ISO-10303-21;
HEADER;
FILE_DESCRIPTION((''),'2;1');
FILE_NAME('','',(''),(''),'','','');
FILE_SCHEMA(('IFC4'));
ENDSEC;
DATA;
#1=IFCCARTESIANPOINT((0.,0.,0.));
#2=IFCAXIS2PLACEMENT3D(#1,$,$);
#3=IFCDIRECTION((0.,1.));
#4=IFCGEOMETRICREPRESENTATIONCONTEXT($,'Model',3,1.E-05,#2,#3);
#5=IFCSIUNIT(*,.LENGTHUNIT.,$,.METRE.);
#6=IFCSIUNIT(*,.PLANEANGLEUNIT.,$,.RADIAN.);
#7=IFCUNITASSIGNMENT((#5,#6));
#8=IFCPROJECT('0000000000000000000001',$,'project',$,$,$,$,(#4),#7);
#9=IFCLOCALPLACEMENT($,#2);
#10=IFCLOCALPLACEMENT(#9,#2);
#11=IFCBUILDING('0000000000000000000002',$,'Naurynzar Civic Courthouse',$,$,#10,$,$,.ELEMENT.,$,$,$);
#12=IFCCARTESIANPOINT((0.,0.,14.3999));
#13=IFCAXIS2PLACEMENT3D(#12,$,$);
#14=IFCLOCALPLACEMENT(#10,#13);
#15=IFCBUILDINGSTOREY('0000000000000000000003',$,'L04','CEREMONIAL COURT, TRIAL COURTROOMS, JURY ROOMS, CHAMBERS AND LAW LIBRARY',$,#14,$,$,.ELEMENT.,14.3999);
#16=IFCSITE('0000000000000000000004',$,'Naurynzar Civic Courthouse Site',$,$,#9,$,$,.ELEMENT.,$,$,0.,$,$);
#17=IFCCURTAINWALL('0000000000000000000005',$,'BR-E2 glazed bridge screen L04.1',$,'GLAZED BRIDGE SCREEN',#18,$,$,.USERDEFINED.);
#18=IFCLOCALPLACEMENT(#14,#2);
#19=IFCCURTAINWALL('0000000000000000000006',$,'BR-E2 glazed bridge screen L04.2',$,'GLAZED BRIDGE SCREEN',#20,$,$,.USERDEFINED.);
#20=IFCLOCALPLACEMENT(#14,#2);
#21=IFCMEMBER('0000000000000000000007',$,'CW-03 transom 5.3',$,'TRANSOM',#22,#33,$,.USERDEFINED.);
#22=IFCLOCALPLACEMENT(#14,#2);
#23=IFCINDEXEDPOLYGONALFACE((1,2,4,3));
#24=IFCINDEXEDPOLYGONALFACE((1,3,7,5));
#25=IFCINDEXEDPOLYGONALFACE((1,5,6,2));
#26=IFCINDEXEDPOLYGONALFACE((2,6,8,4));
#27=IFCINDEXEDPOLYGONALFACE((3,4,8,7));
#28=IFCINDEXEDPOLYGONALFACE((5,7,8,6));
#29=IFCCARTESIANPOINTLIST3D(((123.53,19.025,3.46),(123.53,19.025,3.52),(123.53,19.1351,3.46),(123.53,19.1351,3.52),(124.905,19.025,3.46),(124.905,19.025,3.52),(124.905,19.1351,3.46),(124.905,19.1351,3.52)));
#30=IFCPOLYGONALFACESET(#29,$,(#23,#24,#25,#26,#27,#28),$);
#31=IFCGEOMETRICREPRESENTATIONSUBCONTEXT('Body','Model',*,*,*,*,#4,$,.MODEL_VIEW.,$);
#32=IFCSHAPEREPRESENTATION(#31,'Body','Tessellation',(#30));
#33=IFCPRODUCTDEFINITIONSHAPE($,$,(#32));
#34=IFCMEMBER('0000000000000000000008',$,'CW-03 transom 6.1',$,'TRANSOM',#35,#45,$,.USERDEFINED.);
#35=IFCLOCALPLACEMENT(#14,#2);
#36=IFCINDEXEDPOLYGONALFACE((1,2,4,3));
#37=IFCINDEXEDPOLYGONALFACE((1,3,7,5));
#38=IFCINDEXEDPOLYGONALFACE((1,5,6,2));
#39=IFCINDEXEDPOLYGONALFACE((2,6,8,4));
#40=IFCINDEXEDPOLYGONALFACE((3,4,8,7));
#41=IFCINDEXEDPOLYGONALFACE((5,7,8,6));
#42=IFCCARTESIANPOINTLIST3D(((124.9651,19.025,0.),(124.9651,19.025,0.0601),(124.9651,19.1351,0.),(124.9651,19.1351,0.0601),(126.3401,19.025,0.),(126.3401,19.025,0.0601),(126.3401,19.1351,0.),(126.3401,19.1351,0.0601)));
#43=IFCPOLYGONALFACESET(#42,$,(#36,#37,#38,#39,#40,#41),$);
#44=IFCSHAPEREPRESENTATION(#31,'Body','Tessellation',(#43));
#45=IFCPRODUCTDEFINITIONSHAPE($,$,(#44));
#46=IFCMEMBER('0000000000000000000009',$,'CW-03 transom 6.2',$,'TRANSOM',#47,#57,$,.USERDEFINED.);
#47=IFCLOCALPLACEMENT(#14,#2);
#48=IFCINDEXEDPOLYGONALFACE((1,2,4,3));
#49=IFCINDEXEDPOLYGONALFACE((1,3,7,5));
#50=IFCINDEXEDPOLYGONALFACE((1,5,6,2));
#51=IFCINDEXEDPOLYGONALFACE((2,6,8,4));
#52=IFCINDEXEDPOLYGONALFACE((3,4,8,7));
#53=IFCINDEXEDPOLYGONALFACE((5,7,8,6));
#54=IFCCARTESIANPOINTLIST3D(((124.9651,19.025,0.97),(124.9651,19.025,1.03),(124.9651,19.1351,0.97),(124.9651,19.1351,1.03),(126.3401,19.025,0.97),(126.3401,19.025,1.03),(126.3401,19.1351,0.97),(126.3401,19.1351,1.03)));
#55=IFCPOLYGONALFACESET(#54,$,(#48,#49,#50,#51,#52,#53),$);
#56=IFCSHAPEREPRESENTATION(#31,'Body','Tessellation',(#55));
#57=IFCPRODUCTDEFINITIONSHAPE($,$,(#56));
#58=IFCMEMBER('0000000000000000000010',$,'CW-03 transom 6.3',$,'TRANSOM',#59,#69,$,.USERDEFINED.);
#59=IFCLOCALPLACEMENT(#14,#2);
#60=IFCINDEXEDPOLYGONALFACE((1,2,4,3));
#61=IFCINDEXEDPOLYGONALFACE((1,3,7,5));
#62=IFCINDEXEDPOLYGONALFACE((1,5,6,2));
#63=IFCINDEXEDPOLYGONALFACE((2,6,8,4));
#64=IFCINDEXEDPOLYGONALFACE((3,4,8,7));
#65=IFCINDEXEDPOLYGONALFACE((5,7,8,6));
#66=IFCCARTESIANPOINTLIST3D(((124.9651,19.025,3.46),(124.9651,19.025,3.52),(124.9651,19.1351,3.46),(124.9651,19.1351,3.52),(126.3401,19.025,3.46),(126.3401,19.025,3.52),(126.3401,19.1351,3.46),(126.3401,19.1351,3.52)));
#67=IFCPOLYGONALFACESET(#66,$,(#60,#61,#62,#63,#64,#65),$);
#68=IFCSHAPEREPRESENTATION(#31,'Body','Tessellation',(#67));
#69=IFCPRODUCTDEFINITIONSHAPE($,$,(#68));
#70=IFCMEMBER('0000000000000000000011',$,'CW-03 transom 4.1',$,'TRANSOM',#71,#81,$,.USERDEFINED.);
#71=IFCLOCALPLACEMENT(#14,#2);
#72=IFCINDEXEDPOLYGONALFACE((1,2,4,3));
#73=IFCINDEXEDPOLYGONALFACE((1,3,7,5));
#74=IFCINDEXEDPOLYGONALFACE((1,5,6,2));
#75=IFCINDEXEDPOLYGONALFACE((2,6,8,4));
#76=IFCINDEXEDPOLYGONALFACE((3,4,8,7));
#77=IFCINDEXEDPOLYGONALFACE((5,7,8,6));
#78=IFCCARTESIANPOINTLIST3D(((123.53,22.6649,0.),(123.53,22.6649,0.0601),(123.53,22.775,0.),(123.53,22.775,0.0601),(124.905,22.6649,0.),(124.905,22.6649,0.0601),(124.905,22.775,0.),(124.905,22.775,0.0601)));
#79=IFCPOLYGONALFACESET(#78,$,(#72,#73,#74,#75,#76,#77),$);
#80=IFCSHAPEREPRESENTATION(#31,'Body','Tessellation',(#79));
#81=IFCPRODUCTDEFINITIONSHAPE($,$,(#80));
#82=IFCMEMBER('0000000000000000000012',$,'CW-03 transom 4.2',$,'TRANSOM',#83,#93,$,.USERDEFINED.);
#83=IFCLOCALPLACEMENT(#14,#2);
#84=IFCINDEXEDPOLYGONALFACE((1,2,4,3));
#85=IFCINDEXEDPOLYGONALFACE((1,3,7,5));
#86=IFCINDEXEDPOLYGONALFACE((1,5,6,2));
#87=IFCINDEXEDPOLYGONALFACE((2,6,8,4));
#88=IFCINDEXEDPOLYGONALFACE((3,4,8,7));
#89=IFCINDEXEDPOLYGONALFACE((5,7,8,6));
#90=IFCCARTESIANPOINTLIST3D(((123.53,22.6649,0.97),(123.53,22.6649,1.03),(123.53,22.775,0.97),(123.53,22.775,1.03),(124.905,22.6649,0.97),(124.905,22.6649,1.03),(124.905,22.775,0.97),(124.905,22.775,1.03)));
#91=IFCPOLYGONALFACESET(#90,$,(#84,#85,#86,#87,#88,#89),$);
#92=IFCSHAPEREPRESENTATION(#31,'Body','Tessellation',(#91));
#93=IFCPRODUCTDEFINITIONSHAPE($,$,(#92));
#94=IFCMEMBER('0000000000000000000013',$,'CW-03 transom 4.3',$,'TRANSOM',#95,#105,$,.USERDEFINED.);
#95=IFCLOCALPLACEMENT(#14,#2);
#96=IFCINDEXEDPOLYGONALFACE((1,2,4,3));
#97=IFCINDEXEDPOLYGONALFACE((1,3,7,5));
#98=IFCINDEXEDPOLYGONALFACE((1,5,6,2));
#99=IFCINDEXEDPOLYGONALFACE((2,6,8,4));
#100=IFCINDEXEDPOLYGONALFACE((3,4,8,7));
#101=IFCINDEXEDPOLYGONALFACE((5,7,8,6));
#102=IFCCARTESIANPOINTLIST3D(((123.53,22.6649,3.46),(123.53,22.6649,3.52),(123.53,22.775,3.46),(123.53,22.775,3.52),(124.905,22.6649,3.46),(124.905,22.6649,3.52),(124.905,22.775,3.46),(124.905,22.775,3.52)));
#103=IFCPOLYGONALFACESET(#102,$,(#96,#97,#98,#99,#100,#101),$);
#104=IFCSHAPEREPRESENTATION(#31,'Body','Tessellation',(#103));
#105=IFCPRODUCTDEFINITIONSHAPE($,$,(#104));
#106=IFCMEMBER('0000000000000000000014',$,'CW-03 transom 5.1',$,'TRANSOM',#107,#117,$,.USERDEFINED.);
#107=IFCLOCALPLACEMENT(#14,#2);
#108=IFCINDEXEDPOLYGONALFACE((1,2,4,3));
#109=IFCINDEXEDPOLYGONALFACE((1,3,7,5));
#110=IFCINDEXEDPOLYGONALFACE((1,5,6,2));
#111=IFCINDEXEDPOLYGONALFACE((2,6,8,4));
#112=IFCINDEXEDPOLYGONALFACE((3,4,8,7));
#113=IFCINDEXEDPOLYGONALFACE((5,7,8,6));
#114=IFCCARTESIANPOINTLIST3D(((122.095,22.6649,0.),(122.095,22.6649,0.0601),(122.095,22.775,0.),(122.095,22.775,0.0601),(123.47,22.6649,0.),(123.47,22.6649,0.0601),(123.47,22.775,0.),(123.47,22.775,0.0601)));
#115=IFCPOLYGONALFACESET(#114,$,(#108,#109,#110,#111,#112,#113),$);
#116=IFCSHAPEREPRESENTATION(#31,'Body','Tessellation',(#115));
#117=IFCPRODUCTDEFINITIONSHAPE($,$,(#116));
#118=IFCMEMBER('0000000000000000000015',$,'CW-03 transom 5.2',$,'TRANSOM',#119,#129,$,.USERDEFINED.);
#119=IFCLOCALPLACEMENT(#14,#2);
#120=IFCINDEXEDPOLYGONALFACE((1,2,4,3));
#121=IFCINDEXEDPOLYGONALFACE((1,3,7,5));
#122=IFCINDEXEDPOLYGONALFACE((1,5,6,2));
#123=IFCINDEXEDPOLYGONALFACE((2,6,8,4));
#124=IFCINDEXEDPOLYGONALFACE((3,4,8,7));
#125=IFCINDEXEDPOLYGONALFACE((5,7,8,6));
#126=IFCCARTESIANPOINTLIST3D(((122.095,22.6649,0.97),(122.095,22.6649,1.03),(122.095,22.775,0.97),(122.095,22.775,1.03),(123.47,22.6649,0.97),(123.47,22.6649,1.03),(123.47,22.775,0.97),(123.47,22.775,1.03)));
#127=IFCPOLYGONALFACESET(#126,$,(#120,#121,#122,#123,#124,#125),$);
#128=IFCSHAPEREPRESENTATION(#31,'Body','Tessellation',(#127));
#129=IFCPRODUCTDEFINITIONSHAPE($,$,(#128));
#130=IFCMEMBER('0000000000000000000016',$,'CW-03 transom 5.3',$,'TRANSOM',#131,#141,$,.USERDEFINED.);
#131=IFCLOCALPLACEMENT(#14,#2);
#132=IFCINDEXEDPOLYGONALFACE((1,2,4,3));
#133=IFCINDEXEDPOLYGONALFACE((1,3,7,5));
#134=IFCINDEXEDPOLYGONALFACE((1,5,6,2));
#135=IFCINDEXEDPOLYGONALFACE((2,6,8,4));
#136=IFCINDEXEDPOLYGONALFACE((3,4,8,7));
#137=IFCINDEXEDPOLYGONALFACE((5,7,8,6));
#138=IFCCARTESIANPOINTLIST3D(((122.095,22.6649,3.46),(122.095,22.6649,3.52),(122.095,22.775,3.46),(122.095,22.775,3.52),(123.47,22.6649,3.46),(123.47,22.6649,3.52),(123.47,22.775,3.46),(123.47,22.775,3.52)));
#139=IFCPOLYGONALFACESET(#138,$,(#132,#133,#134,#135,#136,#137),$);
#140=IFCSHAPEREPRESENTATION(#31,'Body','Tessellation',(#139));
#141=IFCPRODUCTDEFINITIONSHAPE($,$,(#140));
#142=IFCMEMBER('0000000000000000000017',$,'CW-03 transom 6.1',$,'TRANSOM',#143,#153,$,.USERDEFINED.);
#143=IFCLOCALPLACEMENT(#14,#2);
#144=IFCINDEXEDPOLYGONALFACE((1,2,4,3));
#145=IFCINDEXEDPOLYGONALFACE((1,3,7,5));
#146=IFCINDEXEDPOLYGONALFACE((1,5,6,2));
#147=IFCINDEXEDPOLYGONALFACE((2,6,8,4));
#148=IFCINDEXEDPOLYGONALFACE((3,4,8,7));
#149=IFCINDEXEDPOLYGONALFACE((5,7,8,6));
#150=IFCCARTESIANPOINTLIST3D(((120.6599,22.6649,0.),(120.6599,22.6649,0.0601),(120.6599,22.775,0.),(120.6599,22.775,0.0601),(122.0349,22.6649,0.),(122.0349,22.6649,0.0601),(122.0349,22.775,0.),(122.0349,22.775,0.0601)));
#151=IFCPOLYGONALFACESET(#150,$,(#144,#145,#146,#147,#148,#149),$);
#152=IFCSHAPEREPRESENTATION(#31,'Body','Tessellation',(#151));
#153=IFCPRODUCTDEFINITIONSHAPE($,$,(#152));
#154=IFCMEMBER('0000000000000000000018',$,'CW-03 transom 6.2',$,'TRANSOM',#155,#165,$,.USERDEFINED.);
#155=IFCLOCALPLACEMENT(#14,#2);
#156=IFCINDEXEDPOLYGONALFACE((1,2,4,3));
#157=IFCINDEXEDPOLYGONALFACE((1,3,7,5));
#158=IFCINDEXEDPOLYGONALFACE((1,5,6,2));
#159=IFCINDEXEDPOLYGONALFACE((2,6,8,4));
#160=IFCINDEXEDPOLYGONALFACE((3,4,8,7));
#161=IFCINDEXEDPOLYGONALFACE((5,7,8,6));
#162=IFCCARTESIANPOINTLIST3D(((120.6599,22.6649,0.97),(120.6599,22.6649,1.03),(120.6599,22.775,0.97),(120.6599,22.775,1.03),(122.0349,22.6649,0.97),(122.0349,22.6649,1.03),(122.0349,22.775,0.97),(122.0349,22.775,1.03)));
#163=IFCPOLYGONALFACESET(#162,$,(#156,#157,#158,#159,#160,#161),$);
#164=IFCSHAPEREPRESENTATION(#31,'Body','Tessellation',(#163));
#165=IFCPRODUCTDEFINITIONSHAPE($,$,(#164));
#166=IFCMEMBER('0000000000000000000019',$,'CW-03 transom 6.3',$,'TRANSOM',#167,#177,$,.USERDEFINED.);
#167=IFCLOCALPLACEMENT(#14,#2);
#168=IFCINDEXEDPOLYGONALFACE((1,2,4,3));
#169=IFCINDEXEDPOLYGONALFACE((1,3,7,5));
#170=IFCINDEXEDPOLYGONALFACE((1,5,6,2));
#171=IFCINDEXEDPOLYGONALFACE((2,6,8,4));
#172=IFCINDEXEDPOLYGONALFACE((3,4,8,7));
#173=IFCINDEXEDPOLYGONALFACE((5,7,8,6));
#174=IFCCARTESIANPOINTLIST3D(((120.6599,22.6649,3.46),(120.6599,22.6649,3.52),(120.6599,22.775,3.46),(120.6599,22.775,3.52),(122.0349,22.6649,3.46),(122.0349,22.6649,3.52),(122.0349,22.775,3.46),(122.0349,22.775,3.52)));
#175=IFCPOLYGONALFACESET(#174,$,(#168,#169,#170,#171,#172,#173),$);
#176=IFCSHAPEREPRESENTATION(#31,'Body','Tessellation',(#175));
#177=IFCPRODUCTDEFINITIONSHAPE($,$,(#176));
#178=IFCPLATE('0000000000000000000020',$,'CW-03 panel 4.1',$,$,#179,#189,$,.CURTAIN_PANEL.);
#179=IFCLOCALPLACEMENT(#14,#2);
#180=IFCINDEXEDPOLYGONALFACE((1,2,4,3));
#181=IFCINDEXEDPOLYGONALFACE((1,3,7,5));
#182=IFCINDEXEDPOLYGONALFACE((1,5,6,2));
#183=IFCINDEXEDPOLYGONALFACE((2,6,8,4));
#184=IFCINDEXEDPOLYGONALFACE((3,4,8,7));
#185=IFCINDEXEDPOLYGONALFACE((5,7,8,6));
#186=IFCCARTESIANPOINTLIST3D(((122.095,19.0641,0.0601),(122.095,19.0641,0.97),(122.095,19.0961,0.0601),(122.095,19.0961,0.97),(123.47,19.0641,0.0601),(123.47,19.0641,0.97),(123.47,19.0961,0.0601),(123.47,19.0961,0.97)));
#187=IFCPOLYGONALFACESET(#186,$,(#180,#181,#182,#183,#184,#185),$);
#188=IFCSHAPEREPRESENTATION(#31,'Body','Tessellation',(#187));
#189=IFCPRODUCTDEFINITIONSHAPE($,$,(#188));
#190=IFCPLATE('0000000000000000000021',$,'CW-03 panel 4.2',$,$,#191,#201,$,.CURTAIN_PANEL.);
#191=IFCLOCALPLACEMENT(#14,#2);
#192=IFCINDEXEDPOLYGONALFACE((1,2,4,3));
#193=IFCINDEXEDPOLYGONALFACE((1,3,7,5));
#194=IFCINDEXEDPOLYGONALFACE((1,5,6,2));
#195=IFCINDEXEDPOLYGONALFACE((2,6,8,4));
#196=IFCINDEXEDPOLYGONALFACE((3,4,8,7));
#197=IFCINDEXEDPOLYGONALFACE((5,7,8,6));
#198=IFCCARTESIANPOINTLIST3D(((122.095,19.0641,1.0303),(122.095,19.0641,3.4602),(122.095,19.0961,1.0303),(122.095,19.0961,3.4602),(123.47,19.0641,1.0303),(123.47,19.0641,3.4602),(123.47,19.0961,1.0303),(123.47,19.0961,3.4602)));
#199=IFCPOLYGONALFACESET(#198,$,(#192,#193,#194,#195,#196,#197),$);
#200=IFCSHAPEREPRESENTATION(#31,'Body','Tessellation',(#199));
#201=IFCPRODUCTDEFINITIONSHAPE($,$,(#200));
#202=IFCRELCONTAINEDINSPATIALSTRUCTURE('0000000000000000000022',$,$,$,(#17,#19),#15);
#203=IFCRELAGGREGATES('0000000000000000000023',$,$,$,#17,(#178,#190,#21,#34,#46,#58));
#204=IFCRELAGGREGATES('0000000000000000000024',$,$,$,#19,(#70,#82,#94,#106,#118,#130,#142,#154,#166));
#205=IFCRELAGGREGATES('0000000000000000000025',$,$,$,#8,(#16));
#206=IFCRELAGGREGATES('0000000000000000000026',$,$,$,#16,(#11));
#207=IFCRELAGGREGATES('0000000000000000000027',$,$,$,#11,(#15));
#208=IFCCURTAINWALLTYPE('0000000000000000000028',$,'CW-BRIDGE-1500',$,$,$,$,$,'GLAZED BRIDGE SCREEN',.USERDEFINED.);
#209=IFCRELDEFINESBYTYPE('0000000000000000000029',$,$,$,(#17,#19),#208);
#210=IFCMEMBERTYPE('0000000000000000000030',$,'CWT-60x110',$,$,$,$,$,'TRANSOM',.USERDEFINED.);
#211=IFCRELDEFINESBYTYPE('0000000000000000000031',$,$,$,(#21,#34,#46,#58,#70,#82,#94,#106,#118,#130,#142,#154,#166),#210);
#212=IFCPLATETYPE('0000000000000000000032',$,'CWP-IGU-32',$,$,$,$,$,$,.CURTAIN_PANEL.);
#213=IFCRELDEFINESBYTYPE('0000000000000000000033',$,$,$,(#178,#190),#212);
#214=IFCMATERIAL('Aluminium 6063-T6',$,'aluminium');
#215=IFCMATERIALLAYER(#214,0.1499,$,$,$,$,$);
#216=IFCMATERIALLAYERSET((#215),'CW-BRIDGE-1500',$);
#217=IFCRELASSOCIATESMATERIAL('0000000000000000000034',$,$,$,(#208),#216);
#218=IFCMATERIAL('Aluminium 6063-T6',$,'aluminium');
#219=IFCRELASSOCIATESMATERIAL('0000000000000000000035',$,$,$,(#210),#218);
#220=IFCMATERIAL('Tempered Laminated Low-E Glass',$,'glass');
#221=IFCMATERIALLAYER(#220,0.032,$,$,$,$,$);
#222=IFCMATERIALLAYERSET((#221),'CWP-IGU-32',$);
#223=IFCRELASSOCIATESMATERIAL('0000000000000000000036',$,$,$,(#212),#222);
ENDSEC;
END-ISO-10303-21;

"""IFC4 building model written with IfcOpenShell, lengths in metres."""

from ifc_helpers import new_model, si_unit, direction, frame, origin, origin_2d, place, context, subcontext, project, spatial, rectangle, extrude, material, layer, layer_set, material_profile, profile_set, type_object, element, aggregate, save


model = new_model("IFC4")

# Units and contexts
model_context = context("Model", 3, precision=1e-05, world=origin(), true_north=direction((0.0, 1.0)))
body_context = subcontext(model_context, "Body", "Model", "MODEL_VIEW")
ifc_project = project(units=[si_unit("LENGTHUNIT", "METRE"), si_unit("PLANEANGLEUNIT", "RADIAN")], contexts=[model_context])

# Site, building, storey
site_placement = place(None, origin())
site = spatial("IfcSite", under=ifc_project, at=site_placement, Name="Naurynzar Civic Courthouse Site", CompositionType="ELEMENT", RefElevation=0.0)
building_placement = place(site_placement, origin())
building = spatial("IfcBuilding", under=site, at=building_placement, Name="Naurynzar Civic Courthouse", CompositionType="ELEMENT")
storey_placement = place(building_placement, frame((0.0, 0.0, 14.3999)))
storey = spatial("IfcBuildingStorey", under=building, at=storey_placement, Name="L04", Description="CEREMONIAL COURT, TRIAL COURTROOMS, JURY ROOMS, CHAMBERS AND LAW LIBRARY", CompositionType="ELEMENT", Elevation=14.3999)

# Curtain walls
ifc_material_1 = material(Name="Aluminium 6063-T6", Category="aluminium")
ifc_layer_1 = layer(ifc_material_1, 0.1499)
ifc_layer_set_1 = layer_set([ifc_layer_1], Name="CW-BRIDGE-1500")
curtain_wall_type = type_object("IfcCurtainWallType", Name="CW-BRIDGE-1500", ElementType="GLAZED BRIDGE SCREEN", PredefinedType="USERDEFINED", material=ifc_layer_set_1)
curtain_wall_1_placement = place(storey_placement, origin())
curtain_wall_1 = element("IfcCurtainWall", 1, at=curtain_wall_1_placement, inside=storey, type_object=curtain_wall_type, Name="BR-E2 glazed bridge screen L04.1", ObjectType="GLAZED BRIDGE SCREEN", PredefinedType="USERDEFINED")
curtain_wall_2_placement = place(storey_placement, origin())
curtain_wall_2 = element("IfcCurtainWall", 2, at=curtain_wall_2_placement, inside=storey, type_object=curtain_wall_type, Name="BR-E2 glazed bridge screen L04.2", ObjectType="GLAZED BRIDGE SCREEN", PredefinedType="USERDEFINED")

# Members
ifc_material_2 = material(Name="Aluminium 6063-T6", Category="aluminium")
ifc_material_profile_1 = material_profile(ifc_material_2, rectangle(XDim=0.1101, YDim=0.0601, at=origin_2d()), Name="ALU TRANSOM 60x110")
ifc_profile_set_1 = profile_set([ifc_material_profile_1], Name="Aluminium 6063-T6")
member_type_1 = type_object("IfcMemberType", Name="CWT-60x110", ElementType="TRANSOM", PredefinedType="USERDEFINED", material=ifc_profile_set_1)
member_1_placement = place(storey_placement, frame((123.53, 19.0801, 3.49), z_axis=(1.0, 0.0, 0.0), x_axis=(0.0, 1.0, 0.0)))
member_1 = element("IfcMember", 3, at=member_1_placement, type_object=member_type_1, Name="CW-03 transom 5.3", ObjectType="TRANSOM", PredefinedType="USERDEFINED", context=body_context, shape_type="SweptSolid", body=[
    extrude(rectangle(XDim=0.1101, YDim=0.0601, at=origin_2d()), origin(), (0.0, 0.0, 1.0), 1.375),
])
member_2_placement = place(storey_placement, frame((124.9651, 19.0801, 0.03), z_axis=(1.0, 0.0, 0.0), x_axis=(0.0, 1.0, 0.0)))
member_2 = element("IfcMember", 4, at=member_2_placement, type_object=member_type_1, Name="CW-03 transom 6.1", ObjectType="TRANSOM", PredefinedType="USERDEFINED", context=body_context, shape_type="SweptSolid", body=[
    extrude(rectangle(XDim=0.1101, YDim=0.0601, at=origin_2d()), origin(), (0.0, 0.0, 1.0), 1.375),
])
member_3_placement = place(storey_placement, frame((124.9651, 19.0801, 1.0), z_axis=(1.0, 0.0, 0.0), x_axis=(0.0, 1.0, 0.0)))
member_3 = element("IfcMember", 5, at=member_3_placement, type_object=member_type_1, Name="CW-03 transom 6.2", ObjectType="TRANSOM", PredefinedType="USERDEFINED", context=body_context, shape_type="SweptSolid", body=[
    extrude(rectangle(XDim=0.1101, YDim=0.0601, at=origin_2d()), origin(), (0.0, 0.0, 1.0), 1.375),
])
member_4_placement = place(storey_placement, frame((124.9651, 19.0801, 3.49), z_axis=(1.0, 0.0, 0.0), x_axis=(0.0, 1.0, 0.0)))
member_4 = element("IfcMember", 6, at=member_4_placement, type_object=member_type_1, Name="CW-03 transom 6.3", ObjectType="TRANSOM", PredefinedType="USERDEFINED", context=body_context, shape_type="SweptSolid", body=[
    extrude(rectangle(XDim=0.1101, YDim=0.0601, at=origin_2d()), origin(), (0.0, 0.0, 1.0), 1.375),
])
member_5_placement = place(storey_placement, frame((124.905, 22.72, 0.03), z_axis=(-1.0, 0.0, 0.0), x_axis=(0.0, -1.0, 0.0)))
member_5 = element("IfcMember", 7, at=member_5_placement, type_object=member_type_1, Name="CW-03 transom 4.1", ObjectType="TRANSOM", PredefinedType="USERDEFINED", context=body_context, shape_type="SweptSolid", body=[
    extrude(rectangle(XDim=0.1101, YDim=0.0601, at=origin_2d()), origin(), (0.0, 0.0, 1.0), 1.375),
])
member_6_placement = place(storey_placement, frame((124.905, 22.72, 1.0), z_axis=(-1.0, 0.0, 0.0), x_axis=(0.0, -1.0, 0.0)))
member_6 = element("IfcMember", 8, at=member_6_placement, type_object=member_type_1, Name="CW-03 transom 4.2", ObjectType="TRANSOM", PredefinedType="USERDEFINED", context=body_context, shape_type="SweptSolid", body=[
    extrude(rectangle(XDim=0.1101, YDim=0.0601, at=origin_2d()), origin(), (0.0, 0.0, 1.0), 1.375),
])
member_7_placement = place(storey_placement, frame((124.905, 22.72, 3.49), z_axis=(-1.0, 0.0, 0.0), x_axis=(0.0, -1.0, 0.0)))
member_7 = element("IfcMember", 9, at=member_7_placement, type_object=member_type_1, Name="CW-03 transom 4.3", ObjectType="TRANSOM", PredefinedType="USERDEFINED", context=body_context, shape_type="SweptSolid", body=[
    extrude(rectangle(XDim=0.1101, YDim=0.0601, at=origin_2d()), origin(), (0.0, 0.0, 1.0), 1.375),
])
member_8_placement = place(storey_placement, frame((123.47, 22.72, 0.03), z_axis=(-1.0, 0.0, 0.0), x_axis=(0.0, -1.0, 0.0)))
member_8 = element("IfcMember", 10, at=member_8_placement, type_object=member_type_1, Name="CW-03 transom 5.1", ObjectType="TRANSOM", PredefinedType="USERDEFINED", context=body_context, shape_type="SweptSolid", body=[
    extrude(rectangle(XDim=0.1101, YDim=0.0601, at=origin_2d()), origin(), (0.0, 0.0, 1.0), 1.375),
])
member_9_placement = place(storey_placement, frame((123.47, 22.72, 1.0), z_axis=(-1.0, 0.0, 0.0), x_axis=(0.0, -1.0, 0.0)))
member_9 = element("IfcMember", 11, at=member_9_placement, type_object=member_type_1, Name="CW-03 transom 5.2", ObjectType="TRANSOM", PredefinedType="USERDEFINED", context=body_context, shape_type="SweptSolid", body=[
    extrude(rectangle(XDim=0.1101, YDim=0.0601, at=origin_2d()), origin(), (0.0, 0.0, 1.0), 1.375),
])
member_10_placement = place(storey_placement, frame((123.47, 22.72, 3.49), z_axis=(-1.0, 0.0, 0.0), x_axis=(0.0, -1.0, 0.0)))
member_10 = element("IfcMember", 12, at=member_10_placement, type_object=member_type_1, Name="CW-03 transom 5.3", ObjectType="TRANSOM", PredefinedType="USERDEFINED", context=body_context, shape_type="SweptSolid", body=[
    extrude(rectangle(XDim=0.1101, YDim=0.0601, at=origin_2d()), origin(), (0.0, 0.0, 1.0), 1.375),
])
member_11_placement = place(storey_placement, frame((122.0349, 22.72, 0.03), z_axis=(-1.0, 0.0, 0.0), x_axis=(0.0, -1.0, 0.0)))
member_11 = element("IfcMember", 13, at=member_11_placement, type_object=member_type_1, Name="CW-03 transom 6.1", ObjectType="TRANSOM", PredefinedType="USERDEFINED", context=body_context, shape_type="SweptSolid", body=[
    extrude(rectangle(XDim=0.1101, YDim=0.0601, at=origin_2d()), origin(), (0.0, 0.0, 1.0), 1.375),
])
member_12_placement = place(storey_placement, frame((122.0349, 22.72, 1.0), z_axis=(-1.0, 0.0, 0.0), x_axis=(0.0, -1.0, 0.0)))
member_12 = element("IfcMember", 14, at=member_12_placement, type_object=member_type_1, Name="CW-03 transom 6.2", ObjectType="TRANSOM", PredefinedType="USERDEFINED", context=body_context, shape_type="SweptSolid", body=[
    extrude(rectangle(XDim=0.1101, YDim=0.0601, at=origin_2d()), origin(), (0.0, 0.0, 1.0), 1.375),
])
member_13_placement = place(storey_placement, frame((122.0349, 22.72, 3.49), z_axis=(-1.0, 0.0, 0.0), x_axis=(0.0, -1.0, 0.0)))
member_13 = element("IfcMember", 15, at=member_13_placement, type_object=member_type_1, Name="CW-03 transom 6.3", ObjectType="TRANSOM", PredefinedType="USERDEFINED", context=body_context, shape_type="SweptSolid", body=[
    extrude(rectangle(XDim=0.1101, YDim=0.0601, at=origin_2d()), origin(), (0.0, 0.0, 1.0), 1.375),
])

# Plates
ifc_material_3 = material(Name="Tempered Laminated Low-E Glass", Category="glass")
ifc_layer_2 = layer(ifc_material_3, 0.032)
ifc_layer_set_2 = layer_set([ifc_layer_2], Name="CWP-IGU-32")
plate_type = type_object("IfcPlateType", Name="CWP-IGU-32", PredefinedType="CURTAIN_PANEL", material=ifc_layer_set_2)
plate_1_placement = place(storey_placement, frame((122.7825, 19.0801, 0.0601), z_axis=(0.0, 0.0, 1.0), x_axis=(1.0, 0.0, 0.0)))
plate_1 = element("IfcPlate", 16, at=plate_1_placement, type_object=plate_type, Name="CW-03 panel 4.1", PredefinedType="CURTAIN_PANEL", context=body_context, shape_type="SweptSolid", body=[
    extrude(rectangle(XDim=1.375, YDim=0.032, at=origin_2d()), origin(), (0.0, 0.0, 1.0), 0.9099),
])
plate_2_placement = place(storey_placement, frame((122.7825, 19.0801, 1.0303), z_axis=(0.0, 0.0, 1.0), x_axis=(1.0, 0.0, 0.0)))
plate_2 = element("IfcPlate", 17, at=plate_2_placement, type_object=plate_type, Name="CW-03 panel 4.2", PredefinedType="CURTAIN_PANEL", context=body_context, shape_type="SweptSolid", body=[
    extrude(rectangle(XDim=1.375, YDim=0.032, at=origin_2d()), origin(), (0.0, 0.0, 1.0), 2.4299),
])
aggregate(curtain_wall_1, [plate_1, plate_2, member_1, member_2, member_3, member_4])
aggregate(curtain_wall_2, [member_5, member_6, member_7, member_8, member_9, member_10, member_11, member_12, member_13])

save(model, "model.ifc")
